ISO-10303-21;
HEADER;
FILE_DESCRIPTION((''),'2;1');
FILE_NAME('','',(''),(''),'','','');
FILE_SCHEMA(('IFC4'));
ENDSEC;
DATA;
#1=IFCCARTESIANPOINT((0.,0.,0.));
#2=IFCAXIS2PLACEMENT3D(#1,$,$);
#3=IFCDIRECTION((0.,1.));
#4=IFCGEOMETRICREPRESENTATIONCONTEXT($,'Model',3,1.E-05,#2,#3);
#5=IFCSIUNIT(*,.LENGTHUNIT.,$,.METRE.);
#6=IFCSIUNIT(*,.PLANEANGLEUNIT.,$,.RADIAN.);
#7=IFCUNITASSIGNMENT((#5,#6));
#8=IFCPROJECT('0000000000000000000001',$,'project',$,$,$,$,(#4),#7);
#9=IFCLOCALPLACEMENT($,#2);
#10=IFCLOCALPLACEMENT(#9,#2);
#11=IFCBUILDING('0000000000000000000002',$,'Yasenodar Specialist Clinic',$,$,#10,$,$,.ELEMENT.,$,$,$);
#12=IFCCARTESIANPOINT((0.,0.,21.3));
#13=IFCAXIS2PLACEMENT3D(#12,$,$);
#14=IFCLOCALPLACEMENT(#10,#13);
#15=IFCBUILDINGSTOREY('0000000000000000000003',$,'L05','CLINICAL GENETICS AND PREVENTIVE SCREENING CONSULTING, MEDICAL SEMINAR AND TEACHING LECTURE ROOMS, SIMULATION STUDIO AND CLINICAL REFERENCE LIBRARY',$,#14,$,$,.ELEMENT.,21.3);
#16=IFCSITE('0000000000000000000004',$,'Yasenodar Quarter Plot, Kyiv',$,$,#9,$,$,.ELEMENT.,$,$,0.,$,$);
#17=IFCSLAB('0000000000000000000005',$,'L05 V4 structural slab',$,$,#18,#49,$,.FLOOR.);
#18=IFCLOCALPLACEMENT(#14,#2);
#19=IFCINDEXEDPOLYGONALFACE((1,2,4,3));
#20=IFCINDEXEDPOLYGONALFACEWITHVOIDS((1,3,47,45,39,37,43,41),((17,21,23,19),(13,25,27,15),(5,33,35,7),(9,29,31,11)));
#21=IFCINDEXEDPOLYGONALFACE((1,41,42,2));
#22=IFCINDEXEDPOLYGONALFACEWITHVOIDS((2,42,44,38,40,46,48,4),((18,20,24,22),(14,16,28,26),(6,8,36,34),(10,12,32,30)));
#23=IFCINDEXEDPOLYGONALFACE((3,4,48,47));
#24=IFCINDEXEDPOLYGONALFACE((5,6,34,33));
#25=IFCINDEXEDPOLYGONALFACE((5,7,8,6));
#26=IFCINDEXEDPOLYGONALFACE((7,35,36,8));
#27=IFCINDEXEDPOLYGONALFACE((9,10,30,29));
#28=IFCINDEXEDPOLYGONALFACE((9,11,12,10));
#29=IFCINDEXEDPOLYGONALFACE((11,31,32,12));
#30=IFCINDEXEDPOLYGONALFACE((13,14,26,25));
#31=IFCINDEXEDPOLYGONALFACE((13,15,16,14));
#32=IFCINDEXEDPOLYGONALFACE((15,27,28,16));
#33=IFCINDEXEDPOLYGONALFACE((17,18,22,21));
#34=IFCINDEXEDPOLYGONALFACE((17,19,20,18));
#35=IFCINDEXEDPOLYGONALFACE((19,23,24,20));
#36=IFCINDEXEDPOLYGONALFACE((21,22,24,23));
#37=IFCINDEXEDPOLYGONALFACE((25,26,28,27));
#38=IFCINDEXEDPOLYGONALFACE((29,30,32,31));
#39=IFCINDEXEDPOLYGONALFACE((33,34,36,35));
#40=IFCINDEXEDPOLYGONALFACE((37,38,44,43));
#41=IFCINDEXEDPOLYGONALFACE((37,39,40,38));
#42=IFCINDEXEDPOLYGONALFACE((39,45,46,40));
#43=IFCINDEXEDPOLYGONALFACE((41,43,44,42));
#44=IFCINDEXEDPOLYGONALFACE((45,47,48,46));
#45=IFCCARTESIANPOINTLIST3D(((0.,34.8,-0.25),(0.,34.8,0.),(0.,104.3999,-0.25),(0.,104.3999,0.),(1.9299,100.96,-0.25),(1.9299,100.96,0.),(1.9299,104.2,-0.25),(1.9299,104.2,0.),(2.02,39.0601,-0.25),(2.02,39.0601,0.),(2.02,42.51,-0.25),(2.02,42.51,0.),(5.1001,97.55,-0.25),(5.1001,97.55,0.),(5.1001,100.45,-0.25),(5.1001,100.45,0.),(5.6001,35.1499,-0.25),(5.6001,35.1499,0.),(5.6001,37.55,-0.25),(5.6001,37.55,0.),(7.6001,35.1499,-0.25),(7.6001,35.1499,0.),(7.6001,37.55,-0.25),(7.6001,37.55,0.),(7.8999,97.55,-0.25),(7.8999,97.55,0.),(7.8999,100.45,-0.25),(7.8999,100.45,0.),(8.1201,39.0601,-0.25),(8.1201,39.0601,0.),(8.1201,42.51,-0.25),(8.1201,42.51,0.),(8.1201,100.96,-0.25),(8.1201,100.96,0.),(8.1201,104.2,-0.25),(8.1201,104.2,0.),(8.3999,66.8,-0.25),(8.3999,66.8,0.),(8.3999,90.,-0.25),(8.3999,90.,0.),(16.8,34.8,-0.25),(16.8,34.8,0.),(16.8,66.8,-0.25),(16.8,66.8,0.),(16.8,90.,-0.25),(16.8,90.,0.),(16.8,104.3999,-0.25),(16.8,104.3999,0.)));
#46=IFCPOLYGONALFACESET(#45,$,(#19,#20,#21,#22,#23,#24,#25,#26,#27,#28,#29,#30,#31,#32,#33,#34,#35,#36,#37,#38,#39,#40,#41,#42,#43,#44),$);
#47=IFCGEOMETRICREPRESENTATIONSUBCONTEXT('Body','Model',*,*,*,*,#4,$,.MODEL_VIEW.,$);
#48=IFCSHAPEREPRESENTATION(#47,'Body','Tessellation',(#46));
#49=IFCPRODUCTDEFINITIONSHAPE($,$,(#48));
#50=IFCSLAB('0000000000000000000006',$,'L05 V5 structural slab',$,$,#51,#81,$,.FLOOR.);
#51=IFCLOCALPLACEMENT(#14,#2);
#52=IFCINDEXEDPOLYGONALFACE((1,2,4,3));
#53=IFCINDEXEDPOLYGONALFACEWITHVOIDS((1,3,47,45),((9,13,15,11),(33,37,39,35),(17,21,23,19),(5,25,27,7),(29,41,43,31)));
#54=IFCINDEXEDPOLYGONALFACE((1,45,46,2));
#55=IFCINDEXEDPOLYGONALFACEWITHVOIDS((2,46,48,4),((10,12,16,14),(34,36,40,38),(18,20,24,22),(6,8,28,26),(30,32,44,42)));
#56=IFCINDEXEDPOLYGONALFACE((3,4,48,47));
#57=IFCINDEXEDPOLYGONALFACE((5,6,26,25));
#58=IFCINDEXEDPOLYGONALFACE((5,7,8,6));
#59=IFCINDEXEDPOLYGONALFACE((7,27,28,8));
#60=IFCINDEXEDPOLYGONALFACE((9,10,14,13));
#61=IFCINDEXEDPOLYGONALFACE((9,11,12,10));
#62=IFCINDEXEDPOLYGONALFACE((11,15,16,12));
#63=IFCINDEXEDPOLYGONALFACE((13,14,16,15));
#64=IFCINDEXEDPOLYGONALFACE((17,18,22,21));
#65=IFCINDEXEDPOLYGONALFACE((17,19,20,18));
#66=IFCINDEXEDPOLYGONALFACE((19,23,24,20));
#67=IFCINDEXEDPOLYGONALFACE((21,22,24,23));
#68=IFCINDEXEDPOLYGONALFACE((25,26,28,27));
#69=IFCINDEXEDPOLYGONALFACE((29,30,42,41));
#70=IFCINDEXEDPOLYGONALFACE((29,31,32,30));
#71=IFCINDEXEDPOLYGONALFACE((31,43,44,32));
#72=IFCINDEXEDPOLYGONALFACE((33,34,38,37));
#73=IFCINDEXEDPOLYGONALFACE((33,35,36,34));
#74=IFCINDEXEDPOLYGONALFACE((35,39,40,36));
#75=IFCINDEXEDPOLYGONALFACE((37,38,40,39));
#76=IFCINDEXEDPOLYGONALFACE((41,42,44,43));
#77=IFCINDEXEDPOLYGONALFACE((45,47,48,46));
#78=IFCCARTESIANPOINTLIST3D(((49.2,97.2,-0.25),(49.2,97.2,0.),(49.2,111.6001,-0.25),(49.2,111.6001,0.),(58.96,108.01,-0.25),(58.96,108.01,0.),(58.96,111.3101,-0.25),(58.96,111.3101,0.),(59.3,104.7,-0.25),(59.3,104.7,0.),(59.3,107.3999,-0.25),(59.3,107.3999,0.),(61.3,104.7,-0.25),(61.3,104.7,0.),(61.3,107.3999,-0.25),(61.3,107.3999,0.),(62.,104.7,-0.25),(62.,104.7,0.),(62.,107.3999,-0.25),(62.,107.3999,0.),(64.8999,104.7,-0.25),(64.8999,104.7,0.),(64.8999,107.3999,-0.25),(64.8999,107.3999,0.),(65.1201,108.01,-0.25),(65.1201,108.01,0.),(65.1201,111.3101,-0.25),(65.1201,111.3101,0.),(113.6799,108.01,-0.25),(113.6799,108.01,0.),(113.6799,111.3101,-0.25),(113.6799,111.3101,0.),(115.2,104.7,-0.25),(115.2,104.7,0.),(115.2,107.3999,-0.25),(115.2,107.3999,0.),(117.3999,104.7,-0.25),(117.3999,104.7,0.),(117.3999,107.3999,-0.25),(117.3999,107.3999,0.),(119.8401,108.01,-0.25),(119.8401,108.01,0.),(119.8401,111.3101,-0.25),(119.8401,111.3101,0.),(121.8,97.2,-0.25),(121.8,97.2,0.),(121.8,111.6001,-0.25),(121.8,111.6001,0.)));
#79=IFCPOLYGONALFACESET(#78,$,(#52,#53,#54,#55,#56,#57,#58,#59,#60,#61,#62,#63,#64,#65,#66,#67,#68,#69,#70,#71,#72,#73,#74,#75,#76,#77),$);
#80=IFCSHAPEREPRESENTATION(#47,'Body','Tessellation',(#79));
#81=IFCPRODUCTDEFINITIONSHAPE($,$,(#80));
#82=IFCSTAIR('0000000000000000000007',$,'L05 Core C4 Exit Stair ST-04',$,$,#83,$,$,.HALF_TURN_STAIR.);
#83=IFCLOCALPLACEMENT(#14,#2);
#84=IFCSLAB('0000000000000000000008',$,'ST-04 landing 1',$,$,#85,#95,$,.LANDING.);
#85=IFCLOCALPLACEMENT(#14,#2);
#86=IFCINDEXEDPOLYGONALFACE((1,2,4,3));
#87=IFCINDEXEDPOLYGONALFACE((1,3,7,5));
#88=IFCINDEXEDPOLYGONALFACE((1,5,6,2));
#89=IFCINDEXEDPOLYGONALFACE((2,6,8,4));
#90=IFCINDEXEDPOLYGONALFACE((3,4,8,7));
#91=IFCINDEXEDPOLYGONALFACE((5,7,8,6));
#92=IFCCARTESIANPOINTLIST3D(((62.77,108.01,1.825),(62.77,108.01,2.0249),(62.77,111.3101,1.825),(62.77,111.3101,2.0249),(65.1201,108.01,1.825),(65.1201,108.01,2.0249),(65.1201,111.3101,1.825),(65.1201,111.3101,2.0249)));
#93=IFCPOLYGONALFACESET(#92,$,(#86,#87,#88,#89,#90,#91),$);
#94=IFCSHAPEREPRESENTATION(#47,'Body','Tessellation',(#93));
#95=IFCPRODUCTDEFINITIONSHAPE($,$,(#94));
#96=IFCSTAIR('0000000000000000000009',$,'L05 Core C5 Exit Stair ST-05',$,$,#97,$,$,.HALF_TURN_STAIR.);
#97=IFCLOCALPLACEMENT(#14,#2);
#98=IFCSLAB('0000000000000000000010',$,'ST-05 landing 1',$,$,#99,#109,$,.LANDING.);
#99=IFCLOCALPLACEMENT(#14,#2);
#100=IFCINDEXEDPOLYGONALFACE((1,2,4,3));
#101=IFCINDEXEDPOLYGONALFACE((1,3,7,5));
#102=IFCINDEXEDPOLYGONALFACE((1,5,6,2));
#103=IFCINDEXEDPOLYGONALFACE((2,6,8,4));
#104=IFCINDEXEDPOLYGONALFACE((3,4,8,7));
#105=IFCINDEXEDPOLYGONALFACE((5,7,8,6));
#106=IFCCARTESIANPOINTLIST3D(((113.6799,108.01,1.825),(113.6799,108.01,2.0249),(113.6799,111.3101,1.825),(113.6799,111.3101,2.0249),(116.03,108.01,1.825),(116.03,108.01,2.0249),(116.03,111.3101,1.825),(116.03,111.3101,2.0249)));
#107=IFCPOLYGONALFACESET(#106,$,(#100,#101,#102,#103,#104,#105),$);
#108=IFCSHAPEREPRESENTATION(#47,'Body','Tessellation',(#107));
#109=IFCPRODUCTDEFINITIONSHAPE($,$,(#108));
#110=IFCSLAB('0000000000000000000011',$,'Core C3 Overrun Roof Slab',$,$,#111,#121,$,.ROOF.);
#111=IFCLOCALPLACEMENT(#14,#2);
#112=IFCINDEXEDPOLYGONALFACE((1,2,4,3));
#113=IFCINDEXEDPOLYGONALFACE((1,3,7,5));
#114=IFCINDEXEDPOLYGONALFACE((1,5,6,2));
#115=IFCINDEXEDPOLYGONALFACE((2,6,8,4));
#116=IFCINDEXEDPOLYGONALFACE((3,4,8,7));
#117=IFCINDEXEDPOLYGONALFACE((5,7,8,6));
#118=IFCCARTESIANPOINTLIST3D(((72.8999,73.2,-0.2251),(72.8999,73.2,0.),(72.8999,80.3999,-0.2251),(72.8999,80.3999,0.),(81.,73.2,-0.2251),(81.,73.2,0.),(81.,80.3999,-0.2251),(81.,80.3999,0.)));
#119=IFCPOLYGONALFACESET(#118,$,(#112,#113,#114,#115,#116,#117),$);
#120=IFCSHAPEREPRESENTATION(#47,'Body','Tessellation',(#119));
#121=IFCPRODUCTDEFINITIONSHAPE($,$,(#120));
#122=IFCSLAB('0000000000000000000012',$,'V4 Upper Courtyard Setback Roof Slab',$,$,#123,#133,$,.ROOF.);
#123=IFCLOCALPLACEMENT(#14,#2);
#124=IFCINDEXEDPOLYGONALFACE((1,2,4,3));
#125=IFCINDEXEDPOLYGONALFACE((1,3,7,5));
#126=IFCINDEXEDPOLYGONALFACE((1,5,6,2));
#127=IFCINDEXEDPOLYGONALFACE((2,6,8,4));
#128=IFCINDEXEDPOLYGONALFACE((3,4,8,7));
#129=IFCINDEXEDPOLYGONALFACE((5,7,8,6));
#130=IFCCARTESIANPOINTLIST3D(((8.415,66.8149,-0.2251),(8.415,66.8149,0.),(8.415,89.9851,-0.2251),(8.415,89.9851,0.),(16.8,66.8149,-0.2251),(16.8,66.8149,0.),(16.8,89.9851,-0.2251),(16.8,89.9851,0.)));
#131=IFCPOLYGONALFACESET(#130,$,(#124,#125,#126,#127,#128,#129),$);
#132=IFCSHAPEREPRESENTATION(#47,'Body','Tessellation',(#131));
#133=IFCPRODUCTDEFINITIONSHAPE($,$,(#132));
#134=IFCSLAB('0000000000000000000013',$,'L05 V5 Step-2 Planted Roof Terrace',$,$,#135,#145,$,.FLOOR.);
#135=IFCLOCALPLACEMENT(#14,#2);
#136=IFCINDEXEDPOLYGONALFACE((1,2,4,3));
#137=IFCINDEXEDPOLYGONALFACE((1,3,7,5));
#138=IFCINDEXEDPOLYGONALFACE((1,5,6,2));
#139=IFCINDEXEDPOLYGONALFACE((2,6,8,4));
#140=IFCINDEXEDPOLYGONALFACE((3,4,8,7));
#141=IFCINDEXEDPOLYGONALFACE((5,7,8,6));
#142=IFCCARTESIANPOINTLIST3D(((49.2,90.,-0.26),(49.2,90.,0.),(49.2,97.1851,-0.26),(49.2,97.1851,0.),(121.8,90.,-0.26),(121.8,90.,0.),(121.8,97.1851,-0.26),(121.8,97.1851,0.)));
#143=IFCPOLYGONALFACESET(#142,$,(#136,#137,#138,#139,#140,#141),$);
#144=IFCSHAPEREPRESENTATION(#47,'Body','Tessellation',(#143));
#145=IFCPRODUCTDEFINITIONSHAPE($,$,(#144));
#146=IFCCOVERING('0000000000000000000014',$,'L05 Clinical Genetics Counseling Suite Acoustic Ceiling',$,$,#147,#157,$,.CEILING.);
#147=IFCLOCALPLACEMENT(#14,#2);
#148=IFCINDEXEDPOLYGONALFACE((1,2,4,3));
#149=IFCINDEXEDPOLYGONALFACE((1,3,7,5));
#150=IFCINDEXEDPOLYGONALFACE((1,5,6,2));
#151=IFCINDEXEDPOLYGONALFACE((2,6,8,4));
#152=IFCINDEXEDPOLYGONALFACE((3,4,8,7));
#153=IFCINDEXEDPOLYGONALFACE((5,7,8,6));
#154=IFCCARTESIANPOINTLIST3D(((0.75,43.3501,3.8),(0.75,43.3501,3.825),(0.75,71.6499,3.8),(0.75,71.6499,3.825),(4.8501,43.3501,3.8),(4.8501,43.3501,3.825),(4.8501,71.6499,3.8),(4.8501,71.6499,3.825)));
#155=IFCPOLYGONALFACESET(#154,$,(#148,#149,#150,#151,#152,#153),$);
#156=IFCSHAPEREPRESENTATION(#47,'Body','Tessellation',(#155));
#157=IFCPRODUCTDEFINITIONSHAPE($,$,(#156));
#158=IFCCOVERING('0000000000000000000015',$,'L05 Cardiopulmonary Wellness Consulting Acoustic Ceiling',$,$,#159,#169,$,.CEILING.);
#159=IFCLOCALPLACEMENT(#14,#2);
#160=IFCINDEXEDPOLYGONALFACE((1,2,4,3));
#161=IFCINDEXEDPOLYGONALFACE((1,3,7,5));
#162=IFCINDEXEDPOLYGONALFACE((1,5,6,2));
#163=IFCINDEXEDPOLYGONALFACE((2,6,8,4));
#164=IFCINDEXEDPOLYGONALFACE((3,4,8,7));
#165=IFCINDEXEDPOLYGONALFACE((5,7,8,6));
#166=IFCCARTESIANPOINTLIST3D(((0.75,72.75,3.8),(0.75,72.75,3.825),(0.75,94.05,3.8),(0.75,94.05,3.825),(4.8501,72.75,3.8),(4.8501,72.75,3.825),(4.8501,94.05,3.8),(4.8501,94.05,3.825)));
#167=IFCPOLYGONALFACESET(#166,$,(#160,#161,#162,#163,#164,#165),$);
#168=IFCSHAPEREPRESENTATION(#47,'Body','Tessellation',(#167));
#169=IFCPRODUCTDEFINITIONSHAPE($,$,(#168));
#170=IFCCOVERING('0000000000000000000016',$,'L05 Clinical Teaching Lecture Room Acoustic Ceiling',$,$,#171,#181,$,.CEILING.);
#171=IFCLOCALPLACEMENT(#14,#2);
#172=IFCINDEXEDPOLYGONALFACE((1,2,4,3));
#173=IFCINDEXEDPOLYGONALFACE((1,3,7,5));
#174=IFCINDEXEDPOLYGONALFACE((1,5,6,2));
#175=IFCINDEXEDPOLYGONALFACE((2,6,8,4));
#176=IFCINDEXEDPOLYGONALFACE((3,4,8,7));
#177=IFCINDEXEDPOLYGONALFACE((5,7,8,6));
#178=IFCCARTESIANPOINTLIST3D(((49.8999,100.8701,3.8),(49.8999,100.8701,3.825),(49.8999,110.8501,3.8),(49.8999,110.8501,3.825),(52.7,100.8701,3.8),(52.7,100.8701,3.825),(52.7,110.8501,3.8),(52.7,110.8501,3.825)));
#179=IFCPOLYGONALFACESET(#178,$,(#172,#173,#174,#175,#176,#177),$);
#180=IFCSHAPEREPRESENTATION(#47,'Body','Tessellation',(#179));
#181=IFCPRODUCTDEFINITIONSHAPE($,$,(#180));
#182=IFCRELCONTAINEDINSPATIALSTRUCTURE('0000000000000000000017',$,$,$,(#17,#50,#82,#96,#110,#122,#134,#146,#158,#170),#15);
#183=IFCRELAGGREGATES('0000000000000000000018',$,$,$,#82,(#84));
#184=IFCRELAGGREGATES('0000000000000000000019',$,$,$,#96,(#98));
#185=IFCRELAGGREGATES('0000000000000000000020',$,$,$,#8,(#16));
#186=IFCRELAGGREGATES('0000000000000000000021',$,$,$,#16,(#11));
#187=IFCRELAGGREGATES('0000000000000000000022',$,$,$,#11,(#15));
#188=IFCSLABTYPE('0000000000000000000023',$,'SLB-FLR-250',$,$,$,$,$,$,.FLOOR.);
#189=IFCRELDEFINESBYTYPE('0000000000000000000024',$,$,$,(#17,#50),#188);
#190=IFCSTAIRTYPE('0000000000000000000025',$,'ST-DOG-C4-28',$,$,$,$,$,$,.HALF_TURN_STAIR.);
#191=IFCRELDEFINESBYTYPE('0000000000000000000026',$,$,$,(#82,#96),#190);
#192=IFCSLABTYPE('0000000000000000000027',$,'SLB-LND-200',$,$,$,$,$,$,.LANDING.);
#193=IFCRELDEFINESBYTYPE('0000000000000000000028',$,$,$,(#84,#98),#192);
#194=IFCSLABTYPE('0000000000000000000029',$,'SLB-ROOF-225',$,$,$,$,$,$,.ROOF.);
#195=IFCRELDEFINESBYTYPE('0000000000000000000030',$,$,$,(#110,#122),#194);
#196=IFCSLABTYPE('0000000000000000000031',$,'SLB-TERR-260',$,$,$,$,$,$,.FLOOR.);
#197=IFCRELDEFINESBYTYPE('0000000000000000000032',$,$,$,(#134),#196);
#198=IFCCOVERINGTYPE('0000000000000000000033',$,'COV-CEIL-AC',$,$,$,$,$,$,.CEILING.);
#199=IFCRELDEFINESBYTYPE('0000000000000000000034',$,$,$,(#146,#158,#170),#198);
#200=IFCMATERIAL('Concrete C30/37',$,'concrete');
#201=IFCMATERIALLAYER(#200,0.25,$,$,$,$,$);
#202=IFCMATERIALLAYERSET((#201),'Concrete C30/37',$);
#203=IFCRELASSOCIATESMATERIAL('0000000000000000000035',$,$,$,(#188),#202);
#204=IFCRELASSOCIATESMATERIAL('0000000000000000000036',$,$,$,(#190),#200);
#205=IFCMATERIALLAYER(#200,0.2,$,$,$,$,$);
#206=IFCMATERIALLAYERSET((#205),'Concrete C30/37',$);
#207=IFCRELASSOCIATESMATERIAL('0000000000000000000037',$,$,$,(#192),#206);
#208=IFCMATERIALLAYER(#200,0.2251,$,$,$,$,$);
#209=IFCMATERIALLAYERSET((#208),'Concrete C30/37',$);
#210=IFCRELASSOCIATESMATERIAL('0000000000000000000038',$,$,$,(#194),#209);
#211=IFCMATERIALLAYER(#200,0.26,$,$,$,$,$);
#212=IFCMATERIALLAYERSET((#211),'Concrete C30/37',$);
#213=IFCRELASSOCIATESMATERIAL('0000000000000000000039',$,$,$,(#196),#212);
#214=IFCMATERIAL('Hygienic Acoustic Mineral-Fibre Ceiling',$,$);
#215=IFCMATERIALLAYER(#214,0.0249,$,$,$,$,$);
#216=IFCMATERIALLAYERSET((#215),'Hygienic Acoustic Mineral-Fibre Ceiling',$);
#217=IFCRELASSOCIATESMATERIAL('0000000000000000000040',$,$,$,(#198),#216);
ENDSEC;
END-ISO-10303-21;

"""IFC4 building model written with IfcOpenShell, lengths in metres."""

from ifc_helpers import new_model, si_unit, direction, frame, origin, place, context, subcontext, project, spatial, polyline, outline, extrude, material, layer, layer_set, type_object, element, aggregate, save


model = new_model("IFC4")

# Units and contexts
model_context = context("Model", 3, precision=1e-05, world=origin(), true_north=direction((0.0, 1.0)))
body_context = subcontext(model_context, "Body", "Model", "MODEL_VIEW")
ifc_project = project(units=[si_unit("LENGTHUNIT", "METRE"), si_unit("PLANEANGLEUNIT", "RADIAN")], contexts=[model_context])

# Site, building, storey
site_placement = place(None, origin())
site = spatial("IfcSite", under=ifc_project, at=site_placement, Name="Yasenodar Quarter Plot, Kyiv", CompositionType="ELEMENT", RefElevation=0.0)
building_placement = place(site_placement, origin())
building = spatial("IfcBuilding", under=site, at=building_placement, Name="Yasenodar Specialist Clinic", CompositionType="ELEMENT")
storey_placement = place(building_placement, frame((0.0, 0.0, 21.3)))
storey = spatial("IfcBuildingStorey", under=building, at=storey_placement, Name="L05", Description="CLINICAL GENETICS AND PREVENTIVE SCREENING CONSULTING, MEDICAL SEMINAR AND TEACHING LECTURE ROOMS, SIMULATION STUDIO AND CLINICAL REFERENCE LIBRARY", CompositionType="ELEMENT", Elevation=21.3)

# Slabs
ifc_material_1 = material(Name="Concrete C30/37", Category="concrete")
ifc_layer_1 = layer(ifc_material_1, 0.25)
ifc_layer_set_1 = layer_set([ifc_layer_1], Name="Concrete C30/37")
slab_type_1 = type_object("IfcSlabType", Name="SLB-FLR-250", PredefinedType="FLOOR", material=ifc_layer_set_1)
slab_1_placement = place(storey_placement, frame((0.0, 0.0, -0.25)))
element("IfcSlab", 1, at=slab_1_placement, inside=storey, type_object=slab_type_1, Name="L05 V4 structural slab", PredefinedType="FLOOR", context=body_context, shape_type="SweptSolid", body=[
    extrude(outline(polyline([(0.0, 34.8), (16.8, 34.8), (16.8, 66.8), (8.3999, 66.8), (8.3999, 90.0), (16.8, 90.0), (16.8, 104.3999), (0.0, 104.3999), (0.0, 34.8)]), holes=[polyline([(2.02, 39.0601), (8.1201, 39.0601), (8.1201, 42.51), (2.02, 42.51), (2.02, 39.0601)]), polyline([(1.9299, 100.96), (8.1201, 100.96), (8.1201, 104.2), (1.9299, 104.2), (1.9299, 100.96)]), polyline([(5.6001, 35.1499), (7.6001, 35.1499), (7.6001, 37.55), (5.6001, 37.55), (5.6001, 35.1499)]), polyline([(5.1001, 97.55), (7.8999, 97.55), (7.8999, 100.45), (5.1001, 100.45), (5.1001, 97.55)])]), origin(), (0.0, 0.0, 1.0), 0.25),
])
slab_2_placement = place(storey_placement, frame((0.0, 0.0, -0.25)))
element("IfcSlab", 2, at=slab_2_placement, inside=storey, type_object=slab_type_1, Name="L05 V5 structural slab", PredefinedType="FLOOR", context=body_context, shape_type="SweptSolid", body=[
    extrude(outline(polyline([(49.2, 111.6001), (121.8, 111.6001), (121.8, 97.2), (49.2, 97.2), (49.2, 111.6001)]), holes=[polyline([(65.1201, 108.01), (65.1201, 111.3101), (58.96, 111.3101), (58.96, 108.01), (65.1201, 108.01)]), polyline([(119.8401, 108.01), (119.8401, 111.3101), (113.6799, 111.3101), (113.6799, 108.01), (119.8401, 108.01)]), polyline([(61.3, 104.7), (61.3, 107.3999), (59.3, 107.3999), (59.3, 104.7), (61.3, 104.7)]), polyline([(64.8999, 104.7), (64.8999, 107.3999), (62.0, 107.3999), (62.0, 104.7), (64.8999, 104.7)]), polyline([(117.3999, 104.7), (117.3999, 107.3999), (115.2, 107.3999), (115.2, 104.7), (117.3999, 104.7)])]), origin(), (0.0, 0.0, 1.0), 0.25),
])

# Stairs, slabs
stair_type = type_object("IfcStairType", Name="ST-DOG-C4-28", PredefinedType="HALF_TURN_STAIR", material=ifc_material_1)
stair_1_placement = place(storey_placement, origin())
stair_1 = element("IfcStair", 3, at=stair_1_placement, inside=storey, type_object=stair_type, Name="L05 Core C4 Exit Stair ST-04", PredefinedType="HALF_TURN_STAIR")
ifc_layer_2 = layer(ifc_material_1, 0.2)
ifc_layer_set_2 = layer_set([ifc_layer_2], Name="Concrete C30/37")
slab_type_2 = type_object("IfcSlabType", Name="SLB-LND-200", PredefinedType="LANDING", material=ifc_layer_set_2)
slab_3_placement = place(storey_placement, frame((0.0, 0.0, 1.825)))
slab_3 = element("IfcSlab", 4, at=slab_3_placement, type_object=slab_type_2, Name="ST-04 landing 1", PredefinedType="LANDING", context=body_context, shape_type="SweptSolid", body=[
    extrude(outline(polyline([(62.77, 108.01), (65.1201, 108.01), (65.1201, 111.3101), (62.77, 111.3101), (62.77, 108.01)])), origin(), (0.0, 0.0, 1.0), 0.2),
])
aggregate(stair_1, [slab_3])
stair_2_placement = place(storey_placement, origin())
stair_2 = element("IfcStair", 5, at=stair_2_placement, inside=storey, type_object=stair_type, Name="L05 Core C5 Exit Stair ST-05", PredefinedType="HALF_TURN_STAIR")
slab_4_placement = place(storey_placement, frame((0.0, 0.0, 1.825)))
slab_4 = element("IfcSlab", 6, at=slab_4_placement, type_object=slab_type_2, Name="ST-05 landing 1", PredefinedType="LANDING", context=body_context, shape_type="SweptSolid", body=[
    extrude(outline(polyline([(116.03, 111.3101), (113.6799, 111.3101), (113.6799, 108.01), (116.03, 108.01), (116.03, 111.3101)])), origin(), (0.0, 0.0, 1.0), 0.2),
])
aggregate(stair_2, [slab_4])

# Slabs
ifc_layer_3 = layer(ifc_material_1, 0.2251)
ifc_layer_set_3 = layer_set([ifc_layer_3], Name="Concrete C30/37")
slab_type_3 = type_object("IfcSlabType", Name="SLB-ROOF-225", PredefinedType="ROOF", material=ifc_layer_set_3)
slab_5_placement = place(storey_placement, frame((0.0, 0.0, -0.2251)))
element("IfcSlab", 7, at=slab_5_placement, inside=storey, type_object=slab_type_3, Name="Core C3 Overrun Roof Slab", PredefinedType="ROOF", context=body_context, shape_type="SweptSolid", body=[
    extrude(outline(polyline([(72.8999, 73.2), (81.0, 73.2), (81.0, 80.3999), (72.8999, 80.3999), (72.8999, 73.2)])), origin(), (0.0, 0.0, 1.0), 0.2251),
])
slab_6_placement = place(storey_placement, frame((0.0, 0.0, -0.2251)))
element("IfcSlab", 8, at=slab_6_placement, inside=storey, type_object=slab_type_3, Name="V4 Upper Courtyard Setback Roof Slab", PredefinedType="ROOF", context=body_context, shape_type="SweptSolid", body=[
    extrude(outline(polyline([(16.8, 66.8149), (8.415, 66.8149), (8.415, 89.9851), (16.8, 89.9851), (16.8, 66.8149)])), origin(), (0.0, 0.0, 1.0), 0.2251),
])
ifc_layer_4 = layer(ifc_material_1, 0.26)
ifc_layer_set_4 = layer_set([ifc_layer_4], Name="Concrete C30/37")
slab_type_4 = type_object("IfcSlabType", Name="SLB-TERR-260", PredefinedType="FLOOR", material=ifc_layer_set_4)
slab_7_placement = place(storey_placement, frame((0.0, 0.0, -0.26)))
element("IfcSlab", 9, at=slab_7_placement, inside=storey, type_object=slab_type_4, Name="L05 V5 Step-2 Planted Roof Terrace", PredefinedType="FLOOR", context=body_context, shape_type="SweptSolid", body=[
    extrude(outline(polyline([(121.8, 90.0), (49.2, 90.0), (49.2, 97.1851), (121.8, 97.1851), (121.8, 90.0)])), origin(), (0.0, 0.0, 1.0), 0.26),
])

# Coverings
ifc_material_2 = material(Name="Hygienic Acoustic Mineral-Fibre Ceiling")
ifc_layer_5 = layer(ifc_material_2, 0.0249)
ifc_layer_set_5 = layer_set([ifc_layer_5], Name="Hygienic Acoustic Mineral-Fibre Ceiling")
covering_type_1 = type_object("IfcCoveringType", Name="COV-CEIL-AC", PredefinedType="CEILING", material=ifc_layer_set_5)
covering_1_placement = place(storey_placement, frame((0.0, 0.0, 3.8)))
element("IfcCovering", 10, at=covering_1_placement, inside=storey, type_object=covering_type_1, Name="L05 Clinical Genetics Counseling Suite Acoustic Ceiling", PredefinedType="CEILING", context=body_context, shape_type="SweptSolid", body=[
    extrude(outline(polyline([(4.8501, 43.3501), (0.75, 43.3501), (0.75, 71.6499), (4.8501, 71.6499), (4.8501, 43.3501)])), origin(), (0.0, 0.0, 1.0), 0.0249),
])
covering_2_placement = place(storey_placement, frame((0.0, 0.0, 3.8)))
element("IfcCovering", 11, at=covering_2_placement, inside=storey, type_object=covering_type_1, Name="L05 Cardiopulmonary Wellness Consulting Acoustic Ceiling", PredefinedType="CEILING", context=body_context, shape_type="SweptSolid", body=[
    extrude(outline(polyline([(4.8501, 72.75), (0.75, 72.75), (0.75, 94.05), (4.8501, 94.05), (4.8501, 72.75)])), origin(), (0.0, 0.0, 1.0), 0.0249),
])
covering_3_placement = place(storey_placement, frame((0.0, 0.0, 3.8)))
element("IfcCovering", 12, at=covering_3_placement, inside=storey, type_object=covering_type_1, Name="L05 Clinical Teaching Lecture Room Acoustic Ceiling", PredefinedType="CEILING", context=body_context, shape_type="SweptSolid", body=[
    extrude(outline(polyline([(52.7, 110.8501), (52.7, 100.8701), (49.8999, 100.8701), (49.8999, 110.8501), (52.7, 110.8501)])), origin(), (0.0, 0.0, 1.0), 0.0249),
])

save(model, "model.ifc")
